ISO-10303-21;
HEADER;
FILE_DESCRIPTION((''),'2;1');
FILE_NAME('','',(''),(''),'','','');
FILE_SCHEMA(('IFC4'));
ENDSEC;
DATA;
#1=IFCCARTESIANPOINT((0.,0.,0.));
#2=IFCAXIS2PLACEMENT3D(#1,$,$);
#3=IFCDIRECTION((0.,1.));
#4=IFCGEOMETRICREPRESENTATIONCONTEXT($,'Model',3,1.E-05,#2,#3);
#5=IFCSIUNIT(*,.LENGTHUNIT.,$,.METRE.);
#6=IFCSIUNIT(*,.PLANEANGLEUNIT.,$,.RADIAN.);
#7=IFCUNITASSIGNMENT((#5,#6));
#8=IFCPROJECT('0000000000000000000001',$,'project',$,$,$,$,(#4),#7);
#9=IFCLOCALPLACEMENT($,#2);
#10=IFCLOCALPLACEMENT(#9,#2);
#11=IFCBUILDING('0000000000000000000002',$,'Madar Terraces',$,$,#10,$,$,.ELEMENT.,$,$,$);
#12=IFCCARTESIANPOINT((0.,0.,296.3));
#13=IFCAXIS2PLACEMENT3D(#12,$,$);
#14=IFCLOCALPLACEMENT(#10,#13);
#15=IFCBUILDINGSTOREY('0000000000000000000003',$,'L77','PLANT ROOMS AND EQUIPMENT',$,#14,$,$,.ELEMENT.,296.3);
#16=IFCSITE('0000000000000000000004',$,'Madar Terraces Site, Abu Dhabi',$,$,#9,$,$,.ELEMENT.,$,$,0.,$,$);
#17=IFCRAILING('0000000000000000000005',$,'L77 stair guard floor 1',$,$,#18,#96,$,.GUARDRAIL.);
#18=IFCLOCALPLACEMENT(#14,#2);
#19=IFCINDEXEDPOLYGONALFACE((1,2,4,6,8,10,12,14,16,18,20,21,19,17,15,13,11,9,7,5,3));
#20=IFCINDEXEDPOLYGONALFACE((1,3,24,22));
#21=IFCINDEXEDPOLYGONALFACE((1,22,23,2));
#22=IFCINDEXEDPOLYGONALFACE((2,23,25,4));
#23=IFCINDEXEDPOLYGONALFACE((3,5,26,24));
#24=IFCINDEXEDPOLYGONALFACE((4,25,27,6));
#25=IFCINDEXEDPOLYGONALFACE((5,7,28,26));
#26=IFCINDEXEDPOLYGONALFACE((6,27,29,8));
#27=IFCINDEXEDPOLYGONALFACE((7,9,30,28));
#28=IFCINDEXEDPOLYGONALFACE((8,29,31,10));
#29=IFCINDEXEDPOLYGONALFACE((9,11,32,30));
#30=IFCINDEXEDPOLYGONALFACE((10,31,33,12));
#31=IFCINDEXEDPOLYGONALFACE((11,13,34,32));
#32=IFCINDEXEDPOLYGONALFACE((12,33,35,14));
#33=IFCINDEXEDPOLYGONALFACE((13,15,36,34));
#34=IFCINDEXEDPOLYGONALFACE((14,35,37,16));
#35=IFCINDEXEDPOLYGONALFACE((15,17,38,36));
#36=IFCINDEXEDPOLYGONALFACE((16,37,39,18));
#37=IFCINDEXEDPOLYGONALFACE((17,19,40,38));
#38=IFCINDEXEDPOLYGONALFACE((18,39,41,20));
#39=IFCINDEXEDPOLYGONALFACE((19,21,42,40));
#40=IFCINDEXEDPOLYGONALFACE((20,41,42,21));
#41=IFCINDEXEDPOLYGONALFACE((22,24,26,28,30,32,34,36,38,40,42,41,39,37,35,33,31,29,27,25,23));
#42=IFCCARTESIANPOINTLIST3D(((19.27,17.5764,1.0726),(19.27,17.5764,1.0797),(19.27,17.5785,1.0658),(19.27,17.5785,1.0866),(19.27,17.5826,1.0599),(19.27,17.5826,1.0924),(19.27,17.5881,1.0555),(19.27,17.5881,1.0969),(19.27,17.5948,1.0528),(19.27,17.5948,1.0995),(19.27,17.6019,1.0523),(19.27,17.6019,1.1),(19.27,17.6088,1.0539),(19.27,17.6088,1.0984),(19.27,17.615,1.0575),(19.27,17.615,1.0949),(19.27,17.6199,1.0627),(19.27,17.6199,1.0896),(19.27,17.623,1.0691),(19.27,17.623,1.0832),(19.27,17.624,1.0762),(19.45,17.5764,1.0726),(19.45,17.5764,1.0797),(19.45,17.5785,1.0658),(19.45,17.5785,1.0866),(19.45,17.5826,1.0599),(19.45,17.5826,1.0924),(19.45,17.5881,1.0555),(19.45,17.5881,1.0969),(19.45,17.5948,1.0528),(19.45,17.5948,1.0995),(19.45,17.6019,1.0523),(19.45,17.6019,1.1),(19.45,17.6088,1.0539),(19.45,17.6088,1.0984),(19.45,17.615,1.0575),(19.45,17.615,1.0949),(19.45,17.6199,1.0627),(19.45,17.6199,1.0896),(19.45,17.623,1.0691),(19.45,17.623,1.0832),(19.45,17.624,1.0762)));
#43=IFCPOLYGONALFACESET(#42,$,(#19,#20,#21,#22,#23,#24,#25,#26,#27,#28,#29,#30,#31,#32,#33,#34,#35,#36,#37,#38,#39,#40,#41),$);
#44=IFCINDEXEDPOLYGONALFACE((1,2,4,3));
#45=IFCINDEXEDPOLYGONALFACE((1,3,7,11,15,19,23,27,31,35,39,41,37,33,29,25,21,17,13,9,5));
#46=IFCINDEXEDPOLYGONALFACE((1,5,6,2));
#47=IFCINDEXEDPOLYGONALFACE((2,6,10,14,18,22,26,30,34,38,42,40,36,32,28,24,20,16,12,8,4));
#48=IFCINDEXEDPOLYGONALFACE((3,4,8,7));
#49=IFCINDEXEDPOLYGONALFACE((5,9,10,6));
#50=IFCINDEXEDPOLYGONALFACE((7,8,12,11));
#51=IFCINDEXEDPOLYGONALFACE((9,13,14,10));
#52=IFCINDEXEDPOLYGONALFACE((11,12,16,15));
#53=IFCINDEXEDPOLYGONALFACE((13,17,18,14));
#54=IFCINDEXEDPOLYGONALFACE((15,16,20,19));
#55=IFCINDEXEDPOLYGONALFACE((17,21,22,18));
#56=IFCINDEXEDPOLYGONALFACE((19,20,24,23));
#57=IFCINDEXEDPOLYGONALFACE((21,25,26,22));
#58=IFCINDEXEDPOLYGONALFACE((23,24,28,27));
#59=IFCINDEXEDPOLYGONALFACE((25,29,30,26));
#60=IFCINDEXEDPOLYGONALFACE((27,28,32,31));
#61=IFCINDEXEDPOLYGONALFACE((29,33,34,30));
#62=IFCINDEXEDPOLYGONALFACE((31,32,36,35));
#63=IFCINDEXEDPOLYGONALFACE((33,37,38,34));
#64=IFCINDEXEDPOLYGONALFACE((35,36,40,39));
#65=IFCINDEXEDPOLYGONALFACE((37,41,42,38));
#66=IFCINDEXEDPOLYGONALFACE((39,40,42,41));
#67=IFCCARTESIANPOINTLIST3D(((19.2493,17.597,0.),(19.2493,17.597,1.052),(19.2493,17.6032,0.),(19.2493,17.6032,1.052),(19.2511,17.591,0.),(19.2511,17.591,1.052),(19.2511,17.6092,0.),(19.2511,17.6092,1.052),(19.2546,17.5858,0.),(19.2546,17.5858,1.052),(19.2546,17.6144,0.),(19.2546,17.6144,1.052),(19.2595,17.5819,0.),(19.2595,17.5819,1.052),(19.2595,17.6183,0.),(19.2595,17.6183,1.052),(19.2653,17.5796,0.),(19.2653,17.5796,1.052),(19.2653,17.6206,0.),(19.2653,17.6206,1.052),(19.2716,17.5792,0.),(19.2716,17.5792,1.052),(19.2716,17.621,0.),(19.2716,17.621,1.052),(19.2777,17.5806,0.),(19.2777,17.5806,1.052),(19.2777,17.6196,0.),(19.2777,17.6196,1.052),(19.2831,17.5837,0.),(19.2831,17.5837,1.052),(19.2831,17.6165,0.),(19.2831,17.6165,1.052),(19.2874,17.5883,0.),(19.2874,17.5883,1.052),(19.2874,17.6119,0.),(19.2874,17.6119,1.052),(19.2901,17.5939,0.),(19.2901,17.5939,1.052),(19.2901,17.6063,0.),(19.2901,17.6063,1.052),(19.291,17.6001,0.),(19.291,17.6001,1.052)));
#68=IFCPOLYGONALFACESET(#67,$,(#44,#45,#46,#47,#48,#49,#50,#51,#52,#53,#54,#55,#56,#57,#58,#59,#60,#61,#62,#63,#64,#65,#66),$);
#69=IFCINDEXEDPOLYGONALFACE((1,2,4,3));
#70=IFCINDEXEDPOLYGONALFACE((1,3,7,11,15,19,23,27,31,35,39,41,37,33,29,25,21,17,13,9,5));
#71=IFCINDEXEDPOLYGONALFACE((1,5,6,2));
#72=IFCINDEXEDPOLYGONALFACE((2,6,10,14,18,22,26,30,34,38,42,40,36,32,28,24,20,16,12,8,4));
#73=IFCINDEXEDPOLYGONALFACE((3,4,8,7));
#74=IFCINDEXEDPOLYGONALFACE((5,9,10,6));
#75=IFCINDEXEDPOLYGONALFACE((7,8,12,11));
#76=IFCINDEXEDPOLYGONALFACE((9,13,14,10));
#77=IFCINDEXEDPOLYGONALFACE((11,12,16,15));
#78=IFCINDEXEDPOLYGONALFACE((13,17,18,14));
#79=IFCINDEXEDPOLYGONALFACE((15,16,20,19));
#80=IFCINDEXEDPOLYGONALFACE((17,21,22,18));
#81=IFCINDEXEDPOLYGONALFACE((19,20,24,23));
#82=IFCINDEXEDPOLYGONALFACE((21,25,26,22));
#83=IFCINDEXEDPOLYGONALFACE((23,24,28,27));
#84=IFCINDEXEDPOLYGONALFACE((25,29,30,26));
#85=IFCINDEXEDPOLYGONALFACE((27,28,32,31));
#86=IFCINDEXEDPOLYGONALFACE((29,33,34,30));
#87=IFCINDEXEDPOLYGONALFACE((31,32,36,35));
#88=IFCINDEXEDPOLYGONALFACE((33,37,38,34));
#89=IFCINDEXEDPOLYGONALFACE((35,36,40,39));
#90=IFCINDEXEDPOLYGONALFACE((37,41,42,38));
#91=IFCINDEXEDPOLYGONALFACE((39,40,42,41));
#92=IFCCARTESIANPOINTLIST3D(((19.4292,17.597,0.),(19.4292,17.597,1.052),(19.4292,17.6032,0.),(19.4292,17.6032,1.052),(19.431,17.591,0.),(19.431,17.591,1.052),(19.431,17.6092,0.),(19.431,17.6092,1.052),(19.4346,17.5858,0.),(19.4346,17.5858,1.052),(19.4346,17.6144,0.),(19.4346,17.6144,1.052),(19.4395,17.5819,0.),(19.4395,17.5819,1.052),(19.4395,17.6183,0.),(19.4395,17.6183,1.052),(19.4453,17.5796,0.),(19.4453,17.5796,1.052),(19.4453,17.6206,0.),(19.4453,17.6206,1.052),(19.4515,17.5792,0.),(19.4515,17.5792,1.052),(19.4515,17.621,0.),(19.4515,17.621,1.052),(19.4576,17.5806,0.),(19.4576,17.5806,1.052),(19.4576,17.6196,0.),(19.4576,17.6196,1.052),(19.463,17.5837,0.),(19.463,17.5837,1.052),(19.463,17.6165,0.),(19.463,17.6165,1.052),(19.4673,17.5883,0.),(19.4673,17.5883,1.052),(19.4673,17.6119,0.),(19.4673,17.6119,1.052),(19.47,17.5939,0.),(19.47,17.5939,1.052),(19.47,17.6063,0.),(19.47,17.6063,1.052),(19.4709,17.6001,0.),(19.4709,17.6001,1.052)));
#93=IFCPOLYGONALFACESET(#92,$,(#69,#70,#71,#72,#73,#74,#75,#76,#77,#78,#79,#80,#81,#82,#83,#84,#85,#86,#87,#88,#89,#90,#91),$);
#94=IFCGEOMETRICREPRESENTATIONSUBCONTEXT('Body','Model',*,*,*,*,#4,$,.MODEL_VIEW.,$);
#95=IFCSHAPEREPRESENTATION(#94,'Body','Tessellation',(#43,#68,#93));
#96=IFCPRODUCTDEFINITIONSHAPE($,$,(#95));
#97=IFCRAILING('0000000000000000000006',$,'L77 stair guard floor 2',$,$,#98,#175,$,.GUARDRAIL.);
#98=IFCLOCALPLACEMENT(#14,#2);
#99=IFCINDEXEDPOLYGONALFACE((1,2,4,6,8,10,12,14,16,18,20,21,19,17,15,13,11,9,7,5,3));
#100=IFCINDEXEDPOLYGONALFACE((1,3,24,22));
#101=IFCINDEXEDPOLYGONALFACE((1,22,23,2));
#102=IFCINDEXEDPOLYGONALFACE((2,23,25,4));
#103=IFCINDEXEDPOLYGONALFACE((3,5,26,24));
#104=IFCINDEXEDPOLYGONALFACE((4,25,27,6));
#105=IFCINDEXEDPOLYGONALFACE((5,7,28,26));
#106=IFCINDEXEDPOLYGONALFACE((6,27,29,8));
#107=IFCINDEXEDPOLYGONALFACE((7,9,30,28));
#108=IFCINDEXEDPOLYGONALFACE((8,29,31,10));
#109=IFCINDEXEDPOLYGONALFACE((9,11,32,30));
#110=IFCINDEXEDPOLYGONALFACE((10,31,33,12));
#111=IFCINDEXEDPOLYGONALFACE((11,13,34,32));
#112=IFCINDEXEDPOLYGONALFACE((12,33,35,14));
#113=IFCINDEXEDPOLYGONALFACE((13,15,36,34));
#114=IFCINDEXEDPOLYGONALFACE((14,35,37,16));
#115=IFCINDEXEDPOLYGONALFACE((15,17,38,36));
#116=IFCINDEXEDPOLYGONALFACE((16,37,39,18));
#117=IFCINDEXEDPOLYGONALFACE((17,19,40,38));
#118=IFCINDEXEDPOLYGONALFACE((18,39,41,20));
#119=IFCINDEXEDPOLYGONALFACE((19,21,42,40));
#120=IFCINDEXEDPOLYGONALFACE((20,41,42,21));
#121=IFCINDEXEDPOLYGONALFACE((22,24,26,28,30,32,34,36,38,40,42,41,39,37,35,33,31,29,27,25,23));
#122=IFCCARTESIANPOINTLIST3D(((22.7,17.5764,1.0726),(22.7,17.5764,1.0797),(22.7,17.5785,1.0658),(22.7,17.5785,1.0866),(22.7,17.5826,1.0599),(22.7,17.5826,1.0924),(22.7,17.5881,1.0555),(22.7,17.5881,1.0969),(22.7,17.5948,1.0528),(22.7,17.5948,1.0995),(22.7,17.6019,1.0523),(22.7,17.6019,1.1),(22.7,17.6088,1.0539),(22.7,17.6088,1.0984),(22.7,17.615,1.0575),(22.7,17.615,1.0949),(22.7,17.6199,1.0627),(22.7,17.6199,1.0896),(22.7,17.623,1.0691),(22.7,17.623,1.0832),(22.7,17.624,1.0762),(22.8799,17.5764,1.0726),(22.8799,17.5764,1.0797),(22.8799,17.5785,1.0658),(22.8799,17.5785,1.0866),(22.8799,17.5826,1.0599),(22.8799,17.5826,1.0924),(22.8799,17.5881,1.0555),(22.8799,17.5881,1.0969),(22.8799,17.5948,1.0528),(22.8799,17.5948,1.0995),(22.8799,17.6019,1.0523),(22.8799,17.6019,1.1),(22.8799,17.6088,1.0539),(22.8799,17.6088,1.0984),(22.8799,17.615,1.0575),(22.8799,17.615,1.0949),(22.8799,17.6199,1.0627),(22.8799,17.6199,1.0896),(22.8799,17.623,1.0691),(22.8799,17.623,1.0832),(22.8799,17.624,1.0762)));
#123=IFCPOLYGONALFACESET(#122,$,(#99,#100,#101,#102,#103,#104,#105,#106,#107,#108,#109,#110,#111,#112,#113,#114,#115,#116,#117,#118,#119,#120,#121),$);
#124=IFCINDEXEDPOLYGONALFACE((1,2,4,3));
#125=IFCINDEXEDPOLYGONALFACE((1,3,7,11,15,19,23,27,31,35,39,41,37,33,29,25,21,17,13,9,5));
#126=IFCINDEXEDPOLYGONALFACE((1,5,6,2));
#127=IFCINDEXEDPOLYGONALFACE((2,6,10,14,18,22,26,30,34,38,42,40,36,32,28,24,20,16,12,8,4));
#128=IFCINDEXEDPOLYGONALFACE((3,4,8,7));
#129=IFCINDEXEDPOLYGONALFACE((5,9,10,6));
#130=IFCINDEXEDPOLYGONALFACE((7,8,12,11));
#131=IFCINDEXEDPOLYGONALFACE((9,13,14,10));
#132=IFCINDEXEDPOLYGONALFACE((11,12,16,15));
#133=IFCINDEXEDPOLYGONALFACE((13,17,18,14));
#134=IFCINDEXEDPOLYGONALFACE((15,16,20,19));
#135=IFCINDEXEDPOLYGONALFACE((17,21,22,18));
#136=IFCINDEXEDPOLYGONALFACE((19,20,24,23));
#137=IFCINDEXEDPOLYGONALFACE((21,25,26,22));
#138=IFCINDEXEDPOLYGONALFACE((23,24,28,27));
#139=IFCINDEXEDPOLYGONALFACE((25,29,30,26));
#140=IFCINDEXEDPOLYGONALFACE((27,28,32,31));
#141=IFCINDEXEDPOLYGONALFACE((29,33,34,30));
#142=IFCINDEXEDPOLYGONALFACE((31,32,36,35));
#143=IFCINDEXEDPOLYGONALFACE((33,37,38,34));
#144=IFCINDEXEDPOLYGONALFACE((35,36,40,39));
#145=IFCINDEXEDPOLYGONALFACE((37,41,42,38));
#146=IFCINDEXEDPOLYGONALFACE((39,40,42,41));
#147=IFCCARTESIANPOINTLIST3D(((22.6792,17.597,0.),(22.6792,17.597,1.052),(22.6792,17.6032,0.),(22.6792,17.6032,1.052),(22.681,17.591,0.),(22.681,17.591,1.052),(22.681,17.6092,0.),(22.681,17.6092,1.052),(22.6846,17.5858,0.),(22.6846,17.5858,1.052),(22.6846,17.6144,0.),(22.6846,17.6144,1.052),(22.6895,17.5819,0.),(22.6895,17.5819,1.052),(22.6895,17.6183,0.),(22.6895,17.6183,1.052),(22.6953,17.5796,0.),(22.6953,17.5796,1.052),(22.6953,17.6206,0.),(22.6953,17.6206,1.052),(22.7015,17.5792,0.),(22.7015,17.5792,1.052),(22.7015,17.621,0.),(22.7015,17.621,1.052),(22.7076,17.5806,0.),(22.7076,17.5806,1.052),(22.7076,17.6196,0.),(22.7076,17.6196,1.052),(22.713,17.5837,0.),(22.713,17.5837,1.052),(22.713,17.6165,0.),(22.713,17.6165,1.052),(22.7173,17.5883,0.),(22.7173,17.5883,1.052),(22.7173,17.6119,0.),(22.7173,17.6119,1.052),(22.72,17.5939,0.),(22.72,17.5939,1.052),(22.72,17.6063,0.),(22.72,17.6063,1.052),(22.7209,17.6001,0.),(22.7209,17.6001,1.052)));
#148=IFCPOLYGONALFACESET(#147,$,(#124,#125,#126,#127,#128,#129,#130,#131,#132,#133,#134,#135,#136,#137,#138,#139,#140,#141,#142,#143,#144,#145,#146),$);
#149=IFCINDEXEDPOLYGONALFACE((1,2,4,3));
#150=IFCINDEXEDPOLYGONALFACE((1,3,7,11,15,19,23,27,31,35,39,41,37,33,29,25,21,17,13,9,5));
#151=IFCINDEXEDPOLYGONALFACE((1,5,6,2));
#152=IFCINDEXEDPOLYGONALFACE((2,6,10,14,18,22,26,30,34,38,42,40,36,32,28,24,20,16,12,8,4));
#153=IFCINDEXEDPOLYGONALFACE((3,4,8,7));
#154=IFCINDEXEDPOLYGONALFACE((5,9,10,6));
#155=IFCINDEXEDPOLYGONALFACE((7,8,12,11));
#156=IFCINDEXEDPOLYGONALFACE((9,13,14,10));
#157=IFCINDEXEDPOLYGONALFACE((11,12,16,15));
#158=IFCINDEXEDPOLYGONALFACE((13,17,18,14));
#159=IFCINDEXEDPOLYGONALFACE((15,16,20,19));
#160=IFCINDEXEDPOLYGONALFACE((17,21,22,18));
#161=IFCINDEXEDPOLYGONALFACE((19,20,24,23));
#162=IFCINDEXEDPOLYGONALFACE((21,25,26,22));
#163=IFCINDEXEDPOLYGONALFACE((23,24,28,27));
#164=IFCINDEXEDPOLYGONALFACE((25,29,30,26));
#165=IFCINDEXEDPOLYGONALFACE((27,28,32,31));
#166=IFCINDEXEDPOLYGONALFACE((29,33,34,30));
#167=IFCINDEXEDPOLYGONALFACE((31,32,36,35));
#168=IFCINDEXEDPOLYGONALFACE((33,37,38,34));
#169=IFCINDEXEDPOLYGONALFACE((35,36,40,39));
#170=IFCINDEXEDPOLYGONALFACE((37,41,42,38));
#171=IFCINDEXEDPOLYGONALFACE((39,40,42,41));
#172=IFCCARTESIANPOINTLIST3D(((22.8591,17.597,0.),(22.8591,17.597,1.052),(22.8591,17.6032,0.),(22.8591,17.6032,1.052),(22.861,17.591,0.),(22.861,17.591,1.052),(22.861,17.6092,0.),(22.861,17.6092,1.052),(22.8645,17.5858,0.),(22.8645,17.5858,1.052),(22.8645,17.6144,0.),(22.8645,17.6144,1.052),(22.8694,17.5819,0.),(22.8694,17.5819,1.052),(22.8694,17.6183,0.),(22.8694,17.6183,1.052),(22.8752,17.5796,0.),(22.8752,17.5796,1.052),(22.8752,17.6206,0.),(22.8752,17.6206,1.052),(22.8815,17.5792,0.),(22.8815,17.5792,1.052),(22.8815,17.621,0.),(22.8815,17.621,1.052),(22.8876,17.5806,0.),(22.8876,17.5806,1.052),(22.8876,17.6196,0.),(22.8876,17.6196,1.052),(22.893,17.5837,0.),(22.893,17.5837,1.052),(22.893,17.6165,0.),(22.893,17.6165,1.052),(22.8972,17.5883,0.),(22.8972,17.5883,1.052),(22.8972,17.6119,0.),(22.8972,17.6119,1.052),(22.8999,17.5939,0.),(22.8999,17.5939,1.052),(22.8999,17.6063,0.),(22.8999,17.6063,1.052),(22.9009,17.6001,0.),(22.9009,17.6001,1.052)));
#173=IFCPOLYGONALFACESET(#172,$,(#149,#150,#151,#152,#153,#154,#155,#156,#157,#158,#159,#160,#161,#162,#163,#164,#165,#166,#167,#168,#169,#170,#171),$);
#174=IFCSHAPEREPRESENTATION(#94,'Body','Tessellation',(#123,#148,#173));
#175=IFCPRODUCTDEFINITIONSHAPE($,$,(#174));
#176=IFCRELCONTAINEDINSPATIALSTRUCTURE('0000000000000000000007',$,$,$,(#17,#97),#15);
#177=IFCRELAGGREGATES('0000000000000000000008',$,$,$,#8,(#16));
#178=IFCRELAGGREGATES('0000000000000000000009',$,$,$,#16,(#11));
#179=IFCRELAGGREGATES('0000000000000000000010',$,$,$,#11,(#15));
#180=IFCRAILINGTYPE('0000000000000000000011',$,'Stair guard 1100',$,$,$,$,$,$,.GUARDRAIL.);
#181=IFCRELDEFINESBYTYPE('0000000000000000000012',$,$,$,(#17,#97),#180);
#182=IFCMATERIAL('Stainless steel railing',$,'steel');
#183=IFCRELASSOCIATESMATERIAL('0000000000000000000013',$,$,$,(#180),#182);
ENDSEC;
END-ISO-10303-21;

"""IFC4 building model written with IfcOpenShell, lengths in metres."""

from ifc_helpers import new_model, si_unit, direction, frame, origin, origin_2d, place, context, subcontext, project, spatial, circle, extrude, material, type_object, element, save


model = new_model("IFC4")

# Units and contexts
model_context = context("Model", 3, precision=1e-05, world=origin(), true_north=direction((0.0, 1.0)))
body_context = subcontext(model_context, "Body", "Model", "MODEL_VIEW")
ifc_project = project(units=[si_unit("LENGTHUNIT", "METRE"), si_unit("PLANEANGLEUNIT", "RADIAN")], contexts=[model_context])

# Site, building, storey
site_placement = place(None, origin())
site = spatial("IfcSite", under=ifc_project, at=site_placement, Name="Madar Terraces Site, Abu Dhabi", CompositionType="ELEMENT", RefElevation=0.0)
building_placement = place(site_placement, origin())
building = spatial("IfcBuilding", under=site, at=building_placement, Name="Madar Terraces", CompositionType="ELEMENT")
storey_placement = place(building_placement, frame((0.0, 0.0, 296.3)))
storey = spatial("IfcBuildingStorey", under=building, at=storey_placement, Name="L77", Description="PLANT ROOMS AND EQUIPMENT", CompositionType="ELEMENT", Elevation=296.3)

# Railings
ifc_material_1 = material(Name="Stainless steel railing", Category="steel")
railing_type_1 = type_object("IfcRailingType", Name="Stair guard 1100", PredefinedType="GUARDRAIL", material=ifc_material_1)
for number, where, name in (
    (1, (19.27, 17.6001, 0.0), "L77 stair guard floor 1"),
    (2, (22.7, 17.6001, 0.0), "L77 stair guard floor 2"),
):
    element("IfcRailing", number, at=place(storey_placement, frame(where)), inside=storey, type_object=railing_type_1, Name=name, PredefinedType="GUARDRAIL", context=body_context, shape_type="SweptSolid", body=[
        extrude(circle(Radius=0.0239, at=origin_2d()), frame((0.0, 0.0, 1.0762), z_axis=(1.0, 0.0, 0.0), x_axis=(0.0, 1.0, 0.0)), (0.0, 0.0, 1.0), 0.1799),
        extrude(circle(Radius=0.021, at=origin_2d()), origin(), (0.0, 0.0, 1.0), 1.052),
        extrude(circle(Radius=0.021, at=origin_2d()), frame((0.1799, 0.0, 0.0)), (0.0, 0.0, 1.0), 1.052),
    ])

save(model, "model.ifc")
